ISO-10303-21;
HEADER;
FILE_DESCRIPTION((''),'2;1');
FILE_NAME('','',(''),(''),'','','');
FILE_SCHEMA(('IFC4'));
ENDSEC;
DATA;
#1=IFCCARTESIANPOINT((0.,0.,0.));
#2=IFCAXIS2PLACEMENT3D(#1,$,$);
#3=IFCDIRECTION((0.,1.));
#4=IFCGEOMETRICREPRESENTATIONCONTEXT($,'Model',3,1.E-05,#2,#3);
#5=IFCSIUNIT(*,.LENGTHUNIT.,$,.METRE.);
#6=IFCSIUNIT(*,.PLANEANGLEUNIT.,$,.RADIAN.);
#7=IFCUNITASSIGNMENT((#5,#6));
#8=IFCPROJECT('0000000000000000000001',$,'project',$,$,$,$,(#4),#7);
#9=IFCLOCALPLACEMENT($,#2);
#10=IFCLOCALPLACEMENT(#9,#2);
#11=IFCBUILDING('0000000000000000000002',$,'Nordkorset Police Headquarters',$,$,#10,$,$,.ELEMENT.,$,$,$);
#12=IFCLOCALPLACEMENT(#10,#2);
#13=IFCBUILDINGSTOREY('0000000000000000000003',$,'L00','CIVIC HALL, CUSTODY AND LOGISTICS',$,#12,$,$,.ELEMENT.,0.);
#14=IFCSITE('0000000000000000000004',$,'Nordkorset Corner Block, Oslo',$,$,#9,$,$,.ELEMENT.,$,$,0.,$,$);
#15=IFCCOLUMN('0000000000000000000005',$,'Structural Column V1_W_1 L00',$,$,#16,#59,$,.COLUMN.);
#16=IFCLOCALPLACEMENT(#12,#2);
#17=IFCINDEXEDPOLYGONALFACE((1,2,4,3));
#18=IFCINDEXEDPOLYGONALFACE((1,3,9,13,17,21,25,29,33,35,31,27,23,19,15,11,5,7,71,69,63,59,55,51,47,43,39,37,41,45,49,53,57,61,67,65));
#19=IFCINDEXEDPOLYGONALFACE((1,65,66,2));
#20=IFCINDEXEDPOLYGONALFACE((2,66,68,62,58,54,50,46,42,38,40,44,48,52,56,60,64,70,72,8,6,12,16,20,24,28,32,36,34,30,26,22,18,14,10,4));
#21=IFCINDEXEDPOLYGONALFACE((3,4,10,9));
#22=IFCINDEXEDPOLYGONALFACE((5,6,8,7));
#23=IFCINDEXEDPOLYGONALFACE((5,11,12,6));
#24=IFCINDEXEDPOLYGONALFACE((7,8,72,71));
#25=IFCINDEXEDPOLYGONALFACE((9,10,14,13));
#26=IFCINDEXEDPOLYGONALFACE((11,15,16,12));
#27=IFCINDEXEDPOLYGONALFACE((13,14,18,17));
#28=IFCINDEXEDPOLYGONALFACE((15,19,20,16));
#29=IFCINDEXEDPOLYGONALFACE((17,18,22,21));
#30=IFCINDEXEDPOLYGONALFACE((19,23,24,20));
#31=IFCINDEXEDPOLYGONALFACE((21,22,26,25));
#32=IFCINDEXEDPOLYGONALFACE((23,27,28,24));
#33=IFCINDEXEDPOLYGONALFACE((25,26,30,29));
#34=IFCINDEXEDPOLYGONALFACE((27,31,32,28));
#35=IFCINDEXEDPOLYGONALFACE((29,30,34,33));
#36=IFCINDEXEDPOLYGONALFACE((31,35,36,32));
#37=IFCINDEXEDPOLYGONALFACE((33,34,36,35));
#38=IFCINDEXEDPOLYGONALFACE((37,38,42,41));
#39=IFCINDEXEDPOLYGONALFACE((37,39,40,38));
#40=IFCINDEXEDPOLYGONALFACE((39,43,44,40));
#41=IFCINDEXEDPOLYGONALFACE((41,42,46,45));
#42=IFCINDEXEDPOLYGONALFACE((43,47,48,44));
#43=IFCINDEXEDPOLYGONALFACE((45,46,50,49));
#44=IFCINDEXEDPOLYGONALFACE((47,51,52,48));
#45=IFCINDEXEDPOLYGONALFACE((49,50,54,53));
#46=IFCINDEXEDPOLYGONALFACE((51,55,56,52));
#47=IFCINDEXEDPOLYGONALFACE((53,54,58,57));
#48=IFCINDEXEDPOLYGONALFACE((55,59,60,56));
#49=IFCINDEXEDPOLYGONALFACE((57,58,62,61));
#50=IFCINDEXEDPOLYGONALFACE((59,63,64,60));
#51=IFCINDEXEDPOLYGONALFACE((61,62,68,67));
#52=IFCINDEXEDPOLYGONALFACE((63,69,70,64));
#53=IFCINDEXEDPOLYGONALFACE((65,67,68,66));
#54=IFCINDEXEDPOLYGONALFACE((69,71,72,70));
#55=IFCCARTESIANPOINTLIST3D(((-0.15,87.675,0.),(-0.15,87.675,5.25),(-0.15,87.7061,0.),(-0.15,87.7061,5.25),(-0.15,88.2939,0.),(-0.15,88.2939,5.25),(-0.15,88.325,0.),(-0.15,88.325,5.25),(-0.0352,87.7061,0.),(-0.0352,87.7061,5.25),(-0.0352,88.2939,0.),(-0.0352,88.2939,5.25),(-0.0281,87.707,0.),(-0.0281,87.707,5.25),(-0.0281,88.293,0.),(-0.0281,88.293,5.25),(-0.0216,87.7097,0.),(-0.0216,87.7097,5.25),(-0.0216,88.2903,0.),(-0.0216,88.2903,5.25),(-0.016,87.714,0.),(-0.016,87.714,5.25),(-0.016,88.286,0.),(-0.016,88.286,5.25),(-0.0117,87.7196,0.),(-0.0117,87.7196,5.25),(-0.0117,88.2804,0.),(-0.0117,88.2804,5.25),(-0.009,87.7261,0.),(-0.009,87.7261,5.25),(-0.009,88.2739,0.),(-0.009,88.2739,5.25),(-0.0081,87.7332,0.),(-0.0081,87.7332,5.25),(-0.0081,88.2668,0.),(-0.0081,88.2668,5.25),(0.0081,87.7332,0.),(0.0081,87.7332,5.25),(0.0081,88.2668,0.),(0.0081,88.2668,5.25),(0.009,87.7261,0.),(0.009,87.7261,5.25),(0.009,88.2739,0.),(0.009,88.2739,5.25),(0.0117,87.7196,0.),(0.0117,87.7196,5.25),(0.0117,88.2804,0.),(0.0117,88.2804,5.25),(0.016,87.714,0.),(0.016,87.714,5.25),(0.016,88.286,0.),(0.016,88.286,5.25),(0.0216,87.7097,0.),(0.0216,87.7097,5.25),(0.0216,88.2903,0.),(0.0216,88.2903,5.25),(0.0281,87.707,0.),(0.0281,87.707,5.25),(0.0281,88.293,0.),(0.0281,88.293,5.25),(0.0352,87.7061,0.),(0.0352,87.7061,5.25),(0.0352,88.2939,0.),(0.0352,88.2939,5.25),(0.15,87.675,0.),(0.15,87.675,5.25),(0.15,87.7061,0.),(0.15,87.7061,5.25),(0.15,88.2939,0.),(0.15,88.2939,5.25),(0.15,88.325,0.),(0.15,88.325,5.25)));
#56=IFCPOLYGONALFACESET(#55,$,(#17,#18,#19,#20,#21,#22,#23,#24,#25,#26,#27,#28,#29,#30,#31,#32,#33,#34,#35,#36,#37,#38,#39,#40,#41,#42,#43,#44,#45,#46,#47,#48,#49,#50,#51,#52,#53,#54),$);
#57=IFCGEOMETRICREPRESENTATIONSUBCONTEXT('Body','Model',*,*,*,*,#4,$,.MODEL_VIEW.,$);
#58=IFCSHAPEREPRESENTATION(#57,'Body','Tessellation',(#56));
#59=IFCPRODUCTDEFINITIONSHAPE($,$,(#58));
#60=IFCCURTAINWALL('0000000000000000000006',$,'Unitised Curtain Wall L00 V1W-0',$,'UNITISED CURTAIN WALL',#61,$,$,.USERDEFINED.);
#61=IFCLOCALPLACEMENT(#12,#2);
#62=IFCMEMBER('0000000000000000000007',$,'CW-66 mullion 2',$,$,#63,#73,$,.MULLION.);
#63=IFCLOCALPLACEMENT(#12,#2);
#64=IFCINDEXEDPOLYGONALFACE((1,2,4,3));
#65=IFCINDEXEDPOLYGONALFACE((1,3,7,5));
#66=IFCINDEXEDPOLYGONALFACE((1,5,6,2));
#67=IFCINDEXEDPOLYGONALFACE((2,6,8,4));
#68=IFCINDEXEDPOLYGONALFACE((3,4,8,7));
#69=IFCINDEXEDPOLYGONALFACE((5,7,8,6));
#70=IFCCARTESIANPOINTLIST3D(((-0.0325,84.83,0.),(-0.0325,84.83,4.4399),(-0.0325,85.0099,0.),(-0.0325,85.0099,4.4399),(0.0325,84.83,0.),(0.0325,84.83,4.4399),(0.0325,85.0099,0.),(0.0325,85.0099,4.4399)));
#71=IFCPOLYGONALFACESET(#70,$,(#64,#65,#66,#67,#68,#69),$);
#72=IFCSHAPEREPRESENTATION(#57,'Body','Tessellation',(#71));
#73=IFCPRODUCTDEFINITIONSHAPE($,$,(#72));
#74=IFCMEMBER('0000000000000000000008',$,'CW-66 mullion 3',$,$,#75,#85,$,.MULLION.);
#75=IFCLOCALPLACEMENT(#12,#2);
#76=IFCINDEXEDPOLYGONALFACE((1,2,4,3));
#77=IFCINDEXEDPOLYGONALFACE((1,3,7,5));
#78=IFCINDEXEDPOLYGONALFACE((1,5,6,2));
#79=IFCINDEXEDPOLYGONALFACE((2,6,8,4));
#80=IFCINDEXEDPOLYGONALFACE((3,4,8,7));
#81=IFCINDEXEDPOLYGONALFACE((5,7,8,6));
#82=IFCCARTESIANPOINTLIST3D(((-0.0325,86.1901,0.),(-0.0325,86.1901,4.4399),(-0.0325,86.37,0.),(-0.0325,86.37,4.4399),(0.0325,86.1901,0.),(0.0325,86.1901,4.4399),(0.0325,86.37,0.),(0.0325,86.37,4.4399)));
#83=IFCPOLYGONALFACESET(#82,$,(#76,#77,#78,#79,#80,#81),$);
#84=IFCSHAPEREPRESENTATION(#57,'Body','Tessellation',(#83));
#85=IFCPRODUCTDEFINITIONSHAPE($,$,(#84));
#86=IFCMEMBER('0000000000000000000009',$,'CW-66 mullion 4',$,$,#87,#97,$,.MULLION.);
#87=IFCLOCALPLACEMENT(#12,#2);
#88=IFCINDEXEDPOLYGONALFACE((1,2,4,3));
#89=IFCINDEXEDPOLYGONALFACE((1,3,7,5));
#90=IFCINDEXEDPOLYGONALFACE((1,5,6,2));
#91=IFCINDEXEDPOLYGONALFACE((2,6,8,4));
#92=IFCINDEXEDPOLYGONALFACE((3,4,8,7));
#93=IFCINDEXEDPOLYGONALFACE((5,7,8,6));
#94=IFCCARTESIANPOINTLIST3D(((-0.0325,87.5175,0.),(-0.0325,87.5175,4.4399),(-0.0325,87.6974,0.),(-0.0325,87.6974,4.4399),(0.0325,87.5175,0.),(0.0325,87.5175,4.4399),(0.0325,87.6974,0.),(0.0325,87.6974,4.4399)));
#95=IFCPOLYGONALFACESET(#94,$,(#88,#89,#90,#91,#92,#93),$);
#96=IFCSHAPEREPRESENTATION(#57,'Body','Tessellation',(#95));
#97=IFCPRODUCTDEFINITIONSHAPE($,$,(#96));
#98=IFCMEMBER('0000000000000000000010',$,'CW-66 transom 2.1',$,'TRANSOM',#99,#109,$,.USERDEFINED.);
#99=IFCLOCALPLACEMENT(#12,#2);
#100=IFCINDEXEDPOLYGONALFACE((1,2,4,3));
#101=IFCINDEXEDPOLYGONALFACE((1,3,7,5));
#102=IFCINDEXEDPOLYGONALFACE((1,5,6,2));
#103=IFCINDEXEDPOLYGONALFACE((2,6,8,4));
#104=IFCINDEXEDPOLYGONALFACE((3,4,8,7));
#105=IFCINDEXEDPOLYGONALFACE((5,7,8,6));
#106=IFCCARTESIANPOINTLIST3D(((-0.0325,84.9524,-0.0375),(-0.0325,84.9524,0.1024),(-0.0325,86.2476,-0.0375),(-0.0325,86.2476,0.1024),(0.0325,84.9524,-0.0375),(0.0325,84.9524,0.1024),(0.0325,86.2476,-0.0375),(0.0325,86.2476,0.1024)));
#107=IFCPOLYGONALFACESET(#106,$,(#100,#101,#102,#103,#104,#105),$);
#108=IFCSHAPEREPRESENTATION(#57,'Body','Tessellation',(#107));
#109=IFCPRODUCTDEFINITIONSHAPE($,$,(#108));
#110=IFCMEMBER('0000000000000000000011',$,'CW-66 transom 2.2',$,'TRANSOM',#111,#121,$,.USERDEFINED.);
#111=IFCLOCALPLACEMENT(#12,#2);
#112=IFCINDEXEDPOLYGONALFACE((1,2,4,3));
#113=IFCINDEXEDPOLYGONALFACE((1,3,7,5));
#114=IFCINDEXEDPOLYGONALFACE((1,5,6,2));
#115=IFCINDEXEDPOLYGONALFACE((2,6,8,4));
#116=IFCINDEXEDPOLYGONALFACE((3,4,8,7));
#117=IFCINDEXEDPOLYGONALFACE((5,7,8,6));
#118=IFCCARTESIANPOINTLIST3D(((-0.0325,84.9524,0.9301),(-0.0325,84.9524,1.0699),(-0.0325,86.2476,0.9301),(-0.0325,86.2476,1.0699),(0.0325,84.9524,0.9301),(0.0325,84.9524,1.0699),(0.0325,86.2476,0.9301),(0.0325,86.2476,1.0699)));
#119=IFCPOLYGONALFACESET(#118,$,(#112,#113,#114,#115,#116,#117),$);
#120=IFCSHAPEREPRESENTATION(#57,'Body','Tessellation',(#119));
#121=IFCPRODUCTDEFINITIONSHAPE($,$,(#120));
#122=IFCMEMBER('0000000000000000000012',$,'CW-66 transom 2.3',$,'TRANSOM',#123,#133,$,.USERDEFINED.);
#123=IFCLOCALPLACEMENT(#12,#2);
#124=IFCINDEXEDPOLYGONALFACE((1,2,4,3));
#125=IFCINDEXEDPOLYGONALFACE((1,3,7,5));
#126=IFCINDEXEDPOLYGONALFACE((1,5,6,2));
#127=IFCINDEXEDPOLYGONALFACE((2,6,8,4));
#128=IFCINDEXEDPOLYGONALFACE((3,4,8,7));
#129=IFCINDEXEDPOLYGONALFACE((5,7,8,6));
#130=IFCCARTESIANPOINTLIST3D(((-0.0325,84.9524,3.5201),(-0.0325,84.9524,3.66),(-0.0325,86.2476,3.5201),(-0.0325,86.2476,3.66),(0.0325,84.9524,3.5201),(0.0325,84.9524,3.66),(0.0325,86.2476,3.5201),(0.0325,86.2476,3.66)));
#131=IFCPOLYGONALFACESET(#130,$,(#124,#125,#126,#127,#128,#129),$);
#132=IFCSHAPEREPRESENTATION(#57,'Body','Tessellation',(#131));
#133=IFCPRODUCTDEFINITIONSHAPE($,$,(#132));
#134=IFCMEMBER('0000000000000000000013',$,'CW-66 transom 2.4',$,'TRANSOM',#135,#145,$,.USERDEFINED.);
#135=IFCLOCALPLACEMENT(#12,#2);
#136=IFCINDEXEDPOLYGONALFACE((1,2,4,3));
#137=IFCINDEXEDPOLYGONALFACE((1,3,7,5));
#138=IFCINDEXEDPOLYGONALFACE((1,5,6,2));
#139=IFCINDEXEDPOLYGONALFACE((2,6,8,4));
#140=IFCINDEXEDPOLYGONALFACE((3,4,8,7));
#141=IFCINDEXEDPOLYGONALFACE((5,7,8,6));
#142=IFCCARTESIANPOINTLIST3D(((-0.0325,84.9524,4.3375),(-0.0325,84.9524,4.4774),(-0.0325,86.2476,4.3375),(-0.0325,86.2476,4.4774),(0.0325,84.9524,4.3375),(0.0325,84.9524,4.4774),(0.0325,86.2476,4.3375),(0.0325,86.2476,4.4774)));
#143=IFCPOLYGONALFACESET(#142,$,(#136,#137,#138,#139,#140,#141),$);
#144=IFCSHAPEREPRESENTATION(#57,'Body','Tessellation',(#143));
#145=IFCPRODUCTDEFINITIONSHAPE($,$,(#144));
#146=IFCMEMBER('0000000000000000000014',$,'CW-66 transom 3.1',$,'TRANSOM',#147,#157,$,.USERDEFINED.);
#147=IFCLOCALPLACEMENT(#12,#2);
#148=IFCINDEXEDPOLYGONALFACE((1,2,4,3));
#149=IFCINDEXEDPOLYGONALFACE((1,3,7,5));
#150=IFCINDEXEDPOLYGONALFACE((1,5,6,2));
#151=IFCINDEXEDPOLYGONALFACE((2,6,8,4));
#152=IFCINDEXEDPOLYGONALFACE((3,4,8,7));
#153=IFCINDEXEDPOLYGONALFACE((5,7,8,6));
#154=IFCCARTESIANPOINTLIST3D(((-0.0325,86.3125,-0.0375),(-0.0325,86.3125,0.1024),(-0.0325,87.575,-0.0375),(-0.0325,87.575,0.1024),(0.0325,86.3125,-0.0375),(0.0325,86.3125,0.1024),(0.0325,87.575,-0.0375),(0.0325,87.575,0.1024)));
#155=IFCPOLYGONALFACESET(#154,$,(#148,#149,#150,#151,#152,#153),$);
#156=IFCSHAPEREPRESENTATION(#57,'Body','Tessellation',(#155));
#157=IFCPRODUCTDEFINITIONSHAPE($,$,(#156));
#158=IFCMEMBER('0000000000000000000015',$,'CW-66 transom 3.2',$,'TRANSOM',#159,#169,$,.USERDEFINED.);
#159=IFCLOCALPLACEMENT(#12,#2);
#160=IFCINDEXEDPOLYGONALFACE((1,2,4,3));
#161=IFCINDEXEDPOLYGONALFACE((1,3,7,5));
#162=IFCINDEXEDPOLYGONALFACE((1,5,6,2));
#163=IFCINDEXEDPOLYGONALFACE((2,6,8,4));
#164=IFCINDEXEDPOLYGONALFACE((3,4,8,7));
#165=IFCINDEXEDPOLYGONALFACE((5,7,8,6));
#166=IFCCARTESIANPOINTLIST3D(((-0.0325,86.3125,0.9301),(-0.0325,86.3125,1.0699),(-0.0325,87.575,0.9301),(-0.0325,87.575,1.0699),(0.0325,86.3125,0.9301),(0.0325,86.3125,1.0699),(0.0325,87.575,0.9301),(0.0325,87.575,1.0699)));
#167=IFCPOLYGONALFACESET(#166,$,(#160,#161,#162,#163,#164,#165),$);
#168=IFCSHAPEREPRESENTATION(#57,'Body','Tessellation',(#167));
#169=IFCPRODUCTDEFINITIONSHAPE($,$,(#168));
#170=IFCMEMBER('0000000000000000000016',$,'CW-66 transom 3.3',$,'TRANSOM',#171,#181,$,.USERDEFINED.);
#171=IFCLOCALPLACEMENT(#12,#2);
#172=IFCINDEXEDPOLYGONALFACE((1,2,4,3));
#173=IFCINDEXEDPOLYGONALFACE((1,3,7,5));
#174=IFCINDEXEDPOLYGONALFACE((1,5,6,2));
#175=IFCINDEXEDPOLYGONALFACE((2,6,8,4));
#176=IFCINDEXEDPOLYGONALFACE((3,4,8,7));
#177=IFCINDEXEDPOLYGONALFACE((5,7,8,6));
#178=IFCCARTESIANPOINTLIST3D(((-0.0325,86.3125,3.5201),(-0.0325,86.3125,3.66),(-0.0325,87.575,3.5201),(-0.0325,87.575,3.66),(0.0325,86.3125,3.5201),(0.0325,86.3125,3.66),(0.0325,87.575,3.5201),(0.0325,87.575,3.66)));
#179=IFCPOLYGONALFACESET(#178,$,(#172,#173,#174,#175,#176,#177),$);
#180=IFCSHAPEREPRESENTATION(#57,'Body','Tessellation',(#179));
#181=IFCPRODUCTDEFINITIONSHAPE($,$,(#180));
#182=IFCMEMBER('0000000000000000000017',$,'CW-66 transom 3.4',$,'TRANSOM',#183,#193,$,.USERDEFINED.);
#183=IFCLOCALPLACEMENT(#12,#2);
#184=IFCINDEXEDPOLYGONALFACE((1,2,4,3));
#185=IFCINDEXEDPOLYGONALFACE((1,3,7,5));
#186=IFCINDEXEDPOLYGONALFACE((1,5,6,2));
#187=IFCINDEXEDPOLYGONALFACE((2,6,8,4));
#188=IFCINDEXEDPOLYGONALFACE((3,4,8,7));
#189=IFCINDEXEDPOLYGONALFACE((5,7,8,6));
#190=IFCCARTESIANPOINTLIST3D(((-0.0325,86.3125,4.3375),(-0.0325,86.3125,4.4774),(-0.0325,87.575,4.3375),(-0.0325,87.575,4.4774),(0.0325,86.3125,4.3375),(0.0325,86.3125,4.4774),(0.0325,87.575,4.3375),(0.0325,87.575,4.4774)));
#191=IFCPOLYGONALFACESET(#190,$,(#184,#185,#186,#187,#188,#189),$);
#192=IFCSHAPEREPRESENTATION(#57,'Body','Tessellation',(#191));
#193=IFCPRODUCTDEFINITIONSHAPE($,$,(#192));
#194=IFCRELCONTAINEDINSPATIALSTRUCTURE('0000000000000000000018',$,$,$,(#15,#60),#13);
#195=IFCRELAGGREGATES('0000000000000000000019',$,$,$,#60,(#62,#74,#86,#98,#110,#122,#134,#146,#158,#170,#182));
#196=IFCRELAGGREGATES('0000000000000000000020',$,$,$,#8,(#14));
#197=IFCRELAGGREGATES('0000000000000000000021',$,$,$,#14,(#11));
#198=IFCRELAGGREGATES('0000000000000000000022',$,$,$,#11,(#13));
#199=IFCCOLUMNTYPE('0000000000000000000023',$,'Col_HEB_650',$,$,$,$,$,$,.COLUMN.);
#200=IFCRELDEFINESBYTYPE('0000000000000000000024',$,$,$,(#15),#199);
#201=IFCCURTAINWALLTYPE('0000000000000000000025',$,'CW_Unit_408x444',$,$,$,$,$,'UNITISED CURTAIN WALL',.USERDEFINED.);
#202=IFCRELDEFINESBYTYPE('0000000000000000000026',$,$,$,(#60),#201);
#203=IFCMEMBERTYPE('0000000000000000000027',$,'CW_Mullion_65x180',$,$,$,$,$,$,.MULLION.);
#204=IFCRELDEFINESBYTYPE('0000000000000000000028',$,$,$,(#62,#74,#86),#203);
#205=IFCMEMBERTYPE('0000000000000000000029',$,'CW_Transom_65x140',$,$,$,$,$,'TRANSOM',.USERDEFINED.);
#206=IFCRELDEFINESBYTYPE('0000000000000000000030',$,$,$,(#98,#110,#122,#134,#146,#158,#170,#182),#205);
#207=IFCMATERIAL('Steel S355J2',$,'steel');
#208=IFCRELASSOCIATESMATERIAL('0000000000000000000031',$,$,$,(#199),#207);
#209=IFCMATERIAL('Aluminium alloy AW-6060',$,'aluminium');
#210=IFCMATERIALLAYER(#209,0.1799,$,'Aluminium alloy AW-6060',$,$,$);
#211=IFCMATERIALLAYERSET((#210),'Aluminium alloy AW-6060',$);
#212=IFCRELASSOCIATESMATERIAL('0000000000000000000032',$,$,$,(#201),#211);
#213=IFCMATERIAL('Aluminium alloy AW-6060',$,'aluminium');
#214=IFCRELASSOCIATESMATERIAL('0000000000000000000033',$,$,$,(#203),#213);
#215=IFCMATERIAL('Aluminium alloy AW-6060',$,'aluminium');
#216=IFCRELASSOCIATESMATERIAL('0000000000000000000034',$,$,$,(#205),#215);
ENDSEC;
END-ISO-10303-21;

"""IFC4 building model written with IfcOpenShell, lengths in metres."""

from ifc_helpers import new_model, si_unit, direction, frame, origin, origin_2d, place, context, subcontext, project, spatial, rectangle, i_section, extrude, material, layer, layer_set, material_profile, profile_set, type_object, element, aggregate, save


model = new_model("IFC4")

# Units and contexts
model_context = context("Model", 3, precision=1e-05, world=origin(), true_north=direction((0.0, 1.0)))
body_context = subcontext(model_context, "Body", "Model", "MODEL_VIEW")
ifc_project = project(units=[si_unit("LENGTHUNIT", "METRE"), si_unit("PLANEANGLEUNIT", "RADIAN")], contexts=[model_context])

# Site, building, storey
site_placement = place(None, origin())
site = spatial("IfcSite", under=ifc_project, at=site_placement, Name="Nordkorset Corner Block, Oslo", CompositionType="ELEMENT", RefElevation=0.0)
building_placement = place(site_placement, origin())
building = spatial("IfcBuilding", under=site, at=building_placement, Name="Nordkorset Police Headquarters", CompositionType="ELEMENT")
storey_placement = place(building_placement, origin())
storey = spatial("IfcBuildingStorey", under=building, at=storey_placement, Name="L00", Description="CIVIC HALL, CUSTODY AND LOGISTICS", CompositionType="ELEMENT", Elevation=0.0)

# Column
ifc_material_1 = material(Name="Steel S355J2", Category="steel")
ifc_material_profile_1 = material_profile(ifc_material_1, i_section(OverallWidth=0.3, OverallDepth=0.6499, WebThickness=0.0161, FlangeThickness=0.031, FilletRadius=0.0271, at=origin_2d()), Name="HEB 650")
ifc_profile_set_1 = profile_set([ifc_material_profile_1], Name="Steel S355J2")
column_type = type_object("IfcColumnType", Name="Col_HEB_650", PredefinedType="COLUMN", material=ifc_profile_set_1)
column_placement = place(storey_placement, frame((0.0, 88.0, 0.0), z_axis=(0.0, 0.0, 1.0), x_axis=(1.0, 0.0, 0.0)))
element("IfcColumn", 1, at=column_placement, inside=storey, type_object=column_type, Name="Structural Column V1_W_1 L00", PredefinedType="COLUMN", context=body_context, shape_type="SweptSolid", body=[
    extrude(i_section(OverallWidth=0.3, OverallDepth=0.6499, WebThickness=0.0161, FlangeThickness=0.031, FilletRadius=0.0271, at=origin_2d()), origin(), (0.0, 0.0, 1.0), 5.25),
])

# Curtain wall, members
ifc_material_2 = material(Name="Aluminium alloy AW-6060", Category="aluminium")
ifc_layer_1 = layer(ifc_material_2, 0.1799, Name="Aluminium alloy AW-6060")
ifc_layer_set_1 = layer_set([ifc_layer_1], Name="Aluminium alloy AW-6060")
curtain_wall_type = type_object("IfcCurtainWallType", Name="CW_Unit_408x444", ElementType="UNITISED CURTAIN WALL", PredefinedType="USERDEFINED", material=ifc_layer_set_1)
curtain_wall_placement = place(storey_placement, origin())
curtain_wall = element("IfcCurtainWall", 2, at=curtain_wall_placement, inside=storey, type_object=curtain_wall_type, Name="Unitised Curtain Wall L00 V1W-0", ObjectType="UNITISED CURTAIN WALL", PredefinedType="USERDEFINED")
ifc_material_3 = material(Name="Aluminium alloy AW-6060", Category="aluminium")
ifc_material_profile_2 = material_profile(ifc_material_3, rectangle(XDim=0.0649, YDim=0.1799, at=origin_2d()), Name="ALU MULL 65x180")
ifc_profile_set_2 = profile_set([ifc_material_profile_2], Name="Aluminium alloy AW-6060")
member_type_1 = type_object("IfcMemberType", Name="CW_Mullion_65x180", PredefinedType="MULLION", material=ifc_profile_set_2)
member_1_placement = place(storey_placement, frame((0.0, 84.9199, 0.0), z_axis=(0.0, 0.0, 1.0), x_axis=(-1.0, 0.0, 0.0)))
member_1 = element("IfcMember", 3, at=member_1_placement, type_object=member_type_1, Name="CW-66 mullion 2", PredefinedType="MULLION", context=body_context, shape_type="SweptSolid", body=[
    extrude(rectangle(XDim=0.0649, YDim=0.1799, at=origin_2d()), origin(), (0.0, 0.0, 1.0), 4.4399),
])
member_2_placement = place(storey_placement, frame((0.0, 86.28, 0.0), z_axis=(0.0, 0.0, 1.0), x_axis=(-1.0, 0.0, 0.0)))
member_2 = element("IfcMember", 4, at=member_2_placement, type_object=member_type_1, Name="CW-66 mullion 3", PredefinedType="MULLION", context=body_context, shape_type="SweptSolid", body=[
    extrude(rectangle(XDim=0.0649, YDim=0.1799, at=origin_2d()), origin(), (0.0, 0.0, 1.0), 4.4399),
])
member_3_placement = place(storey_placement, frame((0.0, 87.6074, 0.0), z_axis=(0.0, 0.0, 1.0), x_axis=(-1.0, 0.0, 0.0)))
member_3 = element("IfcMember", 5, at=member_3_placement, type_object=member_type_1, Name="CW-66 mullion 4", PredefinedType="MULLION", context=body_context, shape_type="SweptSolid", body=[
    extrude(rectangle(XDim=0.0649, YDim=0.1799, at=origin_2d()), origin(), (0.0, 0.0, 1.0), 4.4399),
])
ifc_material_4 = material(Name="Aluminium alloy AW-6060", Category="aluminium")
ifc_material_profile_3 = material_profile(ifc_material_4, rectangle(XDim=0.0649, YDim=0.1399, at=origin_2d()), Name="ALU TRAN 65x140")
ifc_profile_set_3 = profile_set([ifc_material_profile_3], Name="Aluminium alloy AW-6060")
member_type_2 = type_object("IfcMemberType", Name="CW_Transom_65x140", ElementType="TRANSOM", PredefinedType="USERDEFINED", material=ifc_profile_set_3)
member_4_placement = place(storey_placement, frame((0.0, 84.9524, 0.0325), z_axis=(0.0, 1.0, 0.0), x_axis=(-1.0, 0.0, 0.0)))
member_4 = element("IfcMember", 6, at=member_4_placement, type_object=member_type_2, Name="CW-66 transom 2.1", ObjectType="TRANSOM", PredefinedType="USERDEFINED", context=body_context, shape_type="SweptSolid", body=[
    extrude(rectangle(XDim=0.0649, YDim=0.1399, at=origin_2d()), origin(), (0.0, 0.0, 1.0), 1.2952),
])
member_5_placement = place(storey_placement, frame((0.0, 84.9524, 1.0), z_axis=(0.0, 1.0, 0.0), x_axis=(-1.0, 0.0, 0.0)))
member_5 = element("IfcMember", 7, at=member_5_placement, type_object=member_type_2, Name="CW-66 transom 2.2", ObjectType="TRANSOM", PredefinedType="USERDEFINED", context=body_context, shape_type="SweptSolid", body=[
    extrude(rectangle(XDim=0.0649, YDim=0.1399, at=origin_2d()), origin(), (0.0, 0.0, 1.0), 1.2952),
])
member_6_placement = place(storey_placement, frame((0.0, 84.9524, 3.5901), z_axis=(0.0, 1.0, 0.0), x_axis=(-1.0, 0.0, 0.0)))
member_6 = element("IfcMember", 8, at=member_6_placement, type_object=member_type_2, Name="CW-66 transom 2.3", ObjectType="TRANSOM", PredefinedType="USERDEFINED", context=body_context, shape_type="SweptSolid", body=[
    extrude(rectangle(XDim=0.0649, YDim=0.1399, at=origin_2d()), origin(), (0.0, 0.0, 1.0), 1.2952),
])
member_7_placement = place(storey_placement, frame((0.0, 84.9524, 4.4075), z_axis=(0.0, 1.0, 0.0), x_axis=(-1.0, 0.0, 0.0)))
member_7 = element("IfcMember", 9, at=member_7_placement, type_object=member_type_2, Name="CW-66 transom 2.4", ObjectType="TRANSOM", PredefinedType="USERDEFINED", context=body_context, shape_type="SweptSolid", body=[
    extrude(rectangle(XDim=0.0649, YDim=0.1399, at=origin_2d()), origin(), (0.0, 0.0, 1.0), 1.2952),
])
member_8_placement = place(storey_placement, frame((0.0, 86.3125, 0.0325), z_axis=(0.0, 1.0, 0.0), x_axis=(-1.0, 0.0, 0.0)))
member_8 = element("IfcMember", 10, at=member_8_placement, type_object=member_type_2, Name="CW-66 transom 3.1", ObjectType="TRANSOM", PredefinedType="USERDEFINED", context=body_context, shape_type="SweptSolid", body=[
    extrude(rectangle(XDim=0.0649, YDim=0.1399, at=origin_2d()), origin(), (0.0, 0.0, 1.0), 1.2625),
])
member_9_placement = place(storey_placement, frame((0.0, 86.3125, 1.0), z_axis=(0.0, 1.0, 0.0), x_axis=(-1.0, 0.0, 0.0)))
member_9 = element("IfcMember", 11, at=member_9_placement, type_object=member_type_2, Name="CW-66 transom 3.2", ObjectType="TRANSOM", PredefinedType="USERDEFINED", context=body_context, shape_type="SweptSolid", body=[
    extrude(rectangle(XDim=0.0649, YDim=0.1399, at=origin_2d()), origin(), (0.0, 0.0, 1.0), 1.2625),
])
member_10_placement = place(storey_placement, frame((0.0, 86.3125, 3.5901), z_axis=(0.0, 1.0, 0.0), x_axis=(-1.0, 0.0, 0.0)))
member_10 = element("IfcMember", 12, at=member_10_placement, type_object=member_type_2, Name="CW-66 transom 3.3", ObjectType="TRANSOM", PredefinedType="USERDEFINED", context=body_context, shape_type="SweptSolid", body=[
    extrude(rectangle(XDim=0.0649, YDim=0.1399, at=origin_2d()), origin(), (0.0, 0.0, 1.0), 1.2625),
])
member_11_placement = place(storey_placement, frame((0.0, 86.3125, 4.4075), z_axis=(0.0, 1.0, 0.0), x_axis=(-1.0, 0.0, 0.0)))
member_11 = element("IfcMember", 13, at=member_11_placement, type_object=member_type_2, Name="CW-66 transom 3.4", ObjectType="TRANSOM", PredefinedType="USERDEFINED", context=body_context, shape_type="SweptSolid", body=[
    extrude(rectangle(XDim=0.0649, YDim=0.1399, at=origin_2d()), origin(), (0.0, 0.0, 1.0), 1.2625),
])

aggregate(curtain_wall, [member_1, member_2, member_3, member_4, member_5, member_6, member_7, member_8, member_9, member_10, member_11])

save(model, "model.ifc")
